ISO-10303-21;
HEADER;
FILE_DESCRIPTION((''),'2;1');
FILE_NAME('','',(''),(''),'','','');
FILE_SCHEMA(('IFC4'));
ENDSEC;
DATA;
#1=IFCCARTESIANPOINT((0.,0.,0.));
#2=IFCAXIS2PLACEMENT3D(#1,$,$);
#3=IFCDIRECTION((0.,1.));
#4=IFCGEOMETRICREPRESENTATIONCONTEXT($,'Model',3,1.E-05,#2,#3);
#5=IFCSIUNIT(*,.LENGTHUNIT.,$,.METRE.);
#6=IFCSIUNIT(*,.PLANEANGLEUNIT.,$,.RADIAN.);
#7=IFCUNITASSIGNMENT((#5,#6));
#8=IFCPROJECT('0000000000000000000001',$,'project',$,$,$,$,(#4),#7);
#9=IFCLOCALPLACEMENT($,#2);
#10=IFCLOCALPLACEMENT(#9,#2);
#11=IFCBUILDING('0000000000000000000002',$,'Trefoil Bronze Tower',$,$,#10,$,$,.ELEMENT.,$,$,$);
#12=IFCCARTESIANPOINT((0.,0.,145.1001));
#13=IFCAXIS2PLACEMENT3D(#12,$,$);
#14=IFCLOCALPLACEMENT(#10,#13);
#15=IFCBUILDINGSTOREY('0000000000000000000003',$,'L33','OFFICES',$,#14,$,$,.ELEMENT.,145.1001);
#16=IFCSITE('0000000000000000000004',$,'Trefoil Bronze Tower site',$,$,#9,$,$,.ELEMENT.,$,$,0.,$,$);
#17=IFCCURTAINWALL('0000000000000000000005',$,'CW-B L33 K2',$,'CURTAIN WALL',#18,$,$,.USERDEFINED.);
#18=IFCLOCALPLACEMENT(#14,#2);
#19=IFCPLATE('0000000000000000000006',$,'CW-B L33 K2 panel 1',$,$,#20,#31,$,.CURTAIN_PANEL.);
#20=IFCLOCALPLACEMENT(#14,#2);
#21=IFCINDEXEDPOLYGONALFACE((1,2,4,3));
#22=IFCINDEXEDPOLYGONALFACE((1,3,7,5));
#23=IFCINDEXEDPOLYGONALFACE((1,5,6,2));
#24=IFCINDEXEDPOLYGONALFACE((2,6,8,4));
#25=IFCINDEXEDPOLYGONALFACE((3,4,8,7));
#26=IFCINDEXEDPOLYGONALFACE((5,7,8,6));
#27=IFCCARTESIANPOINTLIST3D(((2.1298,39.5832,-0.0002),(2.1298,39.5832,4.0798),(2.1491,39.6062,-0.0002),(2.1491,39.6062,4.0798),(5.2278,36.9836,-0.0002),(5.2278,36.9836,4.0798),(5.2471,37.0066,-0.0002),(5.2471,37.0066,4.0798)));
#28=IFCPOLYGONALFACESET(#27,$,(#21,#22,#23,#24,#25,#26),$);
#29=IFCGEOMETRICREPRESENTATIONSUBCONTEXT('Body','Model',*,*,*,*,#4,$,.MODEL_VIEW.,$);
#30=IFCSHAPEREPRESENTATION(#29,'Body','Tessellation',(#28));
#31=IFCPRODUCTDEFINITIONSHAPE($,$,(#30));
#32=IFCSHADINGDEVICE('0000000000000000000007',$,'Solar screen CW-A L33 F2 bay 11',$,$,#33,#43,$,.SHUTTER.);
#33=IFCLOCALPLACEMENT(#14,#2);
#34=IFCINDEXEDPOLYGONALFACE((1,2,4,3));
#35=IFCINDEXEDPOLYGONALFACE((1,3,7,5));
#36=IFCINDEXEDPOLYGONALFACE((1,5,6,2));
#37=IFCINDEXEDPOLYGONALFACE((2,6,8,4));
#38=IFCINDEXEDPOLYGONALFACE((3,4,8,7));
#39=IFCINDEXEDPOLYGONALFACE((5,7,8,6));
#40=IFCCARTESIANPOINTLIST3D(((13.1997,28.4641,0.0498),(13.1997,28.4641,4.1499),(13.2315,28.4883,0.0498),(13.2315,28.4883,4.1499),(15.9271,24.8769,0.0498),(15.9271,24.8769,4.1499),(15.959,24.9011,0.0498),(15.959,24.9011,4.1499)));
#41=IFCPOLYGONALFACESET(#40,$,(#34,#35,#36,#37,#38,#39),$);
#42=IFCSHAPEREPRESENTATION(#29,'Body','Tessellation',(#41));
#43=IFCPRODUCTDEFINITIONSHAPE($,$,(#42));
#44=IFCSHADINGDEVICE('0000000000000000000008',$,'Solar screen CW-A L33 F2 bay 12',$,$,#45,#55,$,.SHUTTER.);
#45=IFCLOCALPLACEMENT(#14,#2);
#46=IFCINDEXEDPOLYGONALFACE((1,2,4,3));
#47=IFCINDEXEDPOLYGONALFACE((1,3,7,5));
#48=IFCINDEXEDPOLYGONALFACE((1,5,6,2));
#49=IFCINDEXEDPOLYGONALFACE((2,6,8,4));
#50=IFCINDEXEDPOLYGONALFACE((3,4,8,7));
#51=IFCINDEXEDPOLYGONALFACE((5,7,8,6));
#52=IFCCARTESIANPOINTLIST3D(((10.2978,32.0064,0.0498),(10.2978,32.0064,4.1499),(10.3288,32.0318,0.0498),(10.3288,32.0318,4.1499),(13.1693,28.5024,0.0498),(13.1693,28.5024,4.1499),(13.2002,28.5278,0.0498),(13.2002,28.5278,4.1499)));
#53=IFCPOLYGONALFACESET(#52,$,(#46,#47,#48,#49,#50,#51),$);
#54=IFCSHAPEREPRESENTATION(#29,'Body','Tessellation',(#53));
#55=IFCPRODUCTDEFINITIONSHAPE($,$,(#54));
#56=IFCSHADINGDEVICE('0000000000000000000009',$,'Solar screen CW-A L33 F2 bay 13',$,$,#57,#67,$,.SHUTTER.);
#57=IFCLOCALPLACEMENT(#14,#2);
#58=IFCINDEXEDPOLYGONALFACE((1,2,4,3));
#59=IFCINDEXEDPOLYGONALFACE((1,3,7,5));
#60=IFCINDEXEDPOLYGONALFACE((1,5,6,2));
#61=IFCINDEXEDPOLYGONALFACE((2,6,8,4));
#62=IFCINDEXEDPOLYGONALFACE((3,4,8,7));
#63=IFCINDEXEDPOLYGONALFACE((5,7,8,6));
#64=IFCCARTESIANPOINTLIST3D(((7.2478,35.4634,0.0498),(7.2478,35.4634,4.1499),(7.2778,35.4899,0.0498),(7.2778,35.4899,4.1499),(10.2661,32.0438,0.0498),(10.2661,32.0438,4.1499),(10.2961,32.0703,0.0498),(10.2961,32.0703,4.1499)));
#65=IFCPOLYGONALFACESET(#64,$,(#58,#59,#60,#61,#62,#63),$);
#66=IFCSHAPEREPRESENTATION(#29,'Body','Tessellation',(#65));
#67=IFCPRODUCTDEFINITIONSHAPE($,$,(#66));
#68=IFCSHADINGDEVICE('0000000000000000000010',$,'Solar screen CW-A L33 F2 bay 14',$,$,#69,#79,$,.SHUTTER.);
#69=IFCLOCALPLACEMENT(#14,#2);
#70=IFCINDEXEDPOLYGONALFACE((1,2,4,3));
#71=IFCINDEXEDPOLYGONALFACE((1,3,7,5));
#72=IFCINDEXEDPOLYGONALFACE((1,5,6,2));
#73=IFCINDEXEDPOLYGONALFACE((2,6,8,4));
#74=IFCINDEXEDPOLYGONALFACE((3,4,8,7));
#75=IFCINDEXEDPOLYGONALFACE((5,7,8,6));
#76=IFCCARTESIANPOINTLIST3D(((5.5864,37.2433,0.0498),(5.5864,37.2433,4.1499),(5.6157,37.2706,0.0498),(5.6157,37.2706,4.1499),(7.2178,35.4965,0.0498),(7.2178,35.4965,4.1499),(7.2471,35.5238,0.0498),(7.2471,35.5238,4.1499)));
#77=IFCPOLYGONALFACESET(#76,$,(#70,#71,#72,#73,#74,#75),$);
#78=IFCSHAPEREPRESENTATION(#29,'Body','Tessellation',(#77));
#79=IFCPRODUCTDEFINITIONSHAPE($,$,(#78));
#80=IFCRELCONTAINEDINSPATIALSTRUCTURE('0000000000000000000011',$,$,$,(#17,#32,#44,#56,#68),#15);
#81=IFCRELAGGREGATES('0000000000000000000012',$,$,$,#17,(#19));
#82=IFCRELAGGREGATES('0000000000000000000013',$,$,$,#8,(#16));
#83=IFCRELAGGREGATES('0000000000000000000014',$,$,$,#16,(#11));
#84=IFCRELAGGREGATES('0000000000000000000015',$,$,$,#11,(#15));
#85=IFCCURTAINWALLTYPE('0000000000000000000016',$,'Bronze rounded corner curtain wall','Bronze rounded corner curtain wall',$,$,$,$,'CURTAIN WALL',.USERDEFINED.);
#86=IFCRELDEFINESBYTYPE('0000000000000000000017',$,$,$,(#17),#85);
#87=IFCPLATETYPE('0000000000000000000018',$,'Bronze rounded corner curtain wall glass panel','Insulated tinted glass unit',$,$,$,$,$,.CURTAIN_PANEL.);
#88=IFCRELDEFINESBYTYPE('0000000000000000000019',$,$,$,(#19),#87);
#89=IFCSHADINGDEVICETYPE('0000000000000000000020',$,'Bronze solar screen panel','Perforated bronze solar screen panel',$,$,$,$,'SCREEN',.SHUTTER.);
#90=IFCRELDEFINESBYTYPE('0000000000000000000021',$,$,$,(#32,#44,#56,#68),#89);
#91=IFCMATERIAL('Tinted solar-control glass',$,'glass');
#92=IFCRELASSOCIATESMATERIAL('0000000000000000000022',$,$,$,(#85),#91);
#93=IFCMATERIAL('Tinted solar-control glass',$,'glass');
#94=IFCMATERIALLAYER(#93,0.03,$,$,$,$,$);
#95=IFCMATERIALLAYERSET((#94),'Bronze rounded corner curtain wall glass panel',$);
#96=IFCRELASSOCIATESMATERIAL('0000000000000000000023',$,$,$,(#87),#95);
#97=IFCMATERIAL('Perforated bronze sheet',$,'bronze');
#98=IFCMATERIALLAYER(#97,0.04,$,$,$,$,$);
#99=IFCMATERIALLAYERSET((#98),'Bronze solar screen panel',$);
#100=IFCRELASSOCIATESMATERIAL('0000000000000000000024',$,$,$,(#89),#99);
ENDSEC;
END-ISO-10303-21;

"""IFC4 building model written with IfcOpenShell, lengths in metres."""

from ifc_helpers import new_model, si_unit, direction, frame, origin, origin_2d, place, context, subcontext, project, spatial, rectangle, extrude, material, layer, layer_set, type_object, element, aggregate, save


model = new_model("IFC4")

# Units and contexts
model_context = context("Model", 3, precision=1e-05, world=origin(), true_north=direction((0.0, 1.0)))
body_context = subcontext(model_context, "Body", "Model", "MODEL_VIEW")
ifc_project = project(units=[si_unit("LENGTHUNIT", "METRE"), si_unit("PLANEANGLEUNIT", "RADIAN")], contexts=[model_context])

# Site, building, storey
site_placement = place(None, origin())
site = spatial("IfcSite", under=ifc_project, at=site_placement, Name="Trefoil Bronze Tower site", CompositionType="ELEMENT", RefElevation=0.0)
building_placement = place(site_placement, origin())
building = spatial("IfcBuilding", under=site, at=building_placement, Name="Trefoil Bronze Tower", CompositionType="ELEMENT")
storey_placement = place(building_placement, frame((0.0, 0.0, 145.1001)))
storey = spatial("IfcBuildingStorey", under=building, at=storey_placement, Name="L33", Description="OFFICES", CompositionType="ELEMENT", Elevation=145.1001)

# Curtain wall
ifc_material_1 = material(Name="Tinted solar-control glass", Category="glass")
curtain_wall_type_1 = type_object("IfcCurtainWallType", Name="Bronze rounded corner curtain wall", Description="Bronze rounded corner curtain wall", ElementType="CURTAIN WALL", PredefinedType="USERDEFINED", material=ifc_material_1)
curtain_wall_1_placement = place(storey_placement, origin())
curtain_wall_1 = element("IfcCurtainWall", 1, at=curtain_wall_1_placement, inside=storey, type_object=curtain_wall_type_1, Name="CW-B L33 K2", ObjectType="CURTAIN WALL", PredefinedType="USERDEFINED")

# Plate
ifc_material_2 = material(Name="Tinted solar-control glass", Category="glass")
ifc_layer_1 = layer(ifc_material_2, 0.03)
ifc_layer_set_1 = layer_set([ifc_layer_1], Name="Bronze rounded corner curtain wall glass panel")
plate_type_1 = type_object("IfcPlateType", Name="Bronze rounded corner curtain wall glass panel", Description="Insulated tinted glass unit", PredefinedType="CURTAIN_PANEL", material=ifc_layer_set_1)
plate_1_placement = place(storey_placement, frame((3.6885, 38.2949, -0.0002), z_axis=(0.0, 0.0, 1.0), x_axis=(-0.766044, 0.642788, 0.0)))
plate_1 = element("IfcPlate", 2, at=plate_1_placement, type_object=plate_type_1, Name="CW-B L33 K2 panel 1", PredefinedType="CURTAIN_PANEL", context=body_context, shape_type="SweptSolid", body=[
    extrude(rectangle(XDim=4.0442, YDim=0.03, at=origin_2d()), origin(), (0.0, 0.0, 1.0), 4.0801),
])
aggregate(curtain_wall_1, [plate_1])

# Shading devices
ifc_material_3 = material(Name="Perforated bronze sheet", Category="bronze")
ifc_layer_2 = layer(ifc_material_3, 0.04)
ifc_layer_set_2 = layer_set([ifc_layer_2], Name="Bronze solar screen panel")
shading_device_type = type_object("IfcShadingDeviceType", Name="Bronze solar screen panel", Description="Perforated bronze solar screen panel", ElementType="SCREEN", PredefinedType="SHUTTER", material=ifc_layer_set_2)
shading_device_1_placement = place(storey_placement, frame((14.5793, 26.6826, 0.0498), z_axis=(0.0, 0.0, 1.0), x_axis=(-0.605252, 0.796034, 0.0)))
element("IfcShadingDevice", 3, at=shading_device_1_placement, inside=storey, type_object=shading_device_type, Name="Solar screen CW-A L33 F2 bay 11", PredefinedType="SHUTTER", context=body_context, shape_type="SweptSolid", body=[
    extrude(rectangle(XDim=4.5063, YDim=0.04, at=origin_2d()), origin(), (0.0, 0.0, 1.0), 4.1001),
])
shading_device_2_placement = place(storey_placement, frame((11.749, 30.2671, 0.0498), z_axis=(0.0, 0.0, 1.0), x_axis=(-0.63384, 0.773464, 0.0)))
element("IfcShadingDevice", 4, at=shading_device_2_placement, inside=storey, type_object=shading_device_type, Name="Solar screen CW-A L33 F2 bay 12", PredefinedType="SHUTTER", context=body_context, shape_type="SweptSolid", body=[
    extrude(rectangle(XDim=4.5303, YDim=0.04, at=origin_2d()), origin(), (0.0, 0.0, 1.0), 4.1001),
])
shading_device_3_placement = place(storey_placement, frame((8.772, 33.7668, 0.0498), z_axis=(0.0, 0.0, 1.0), x_axis=(-0.661751, 0.749723, 0.0)))
element("IfcShadingDevice", 5, at=shading_device_3_placement, inside=storey, type_object=shading_device_type, Name="Solar screen CW-A L33 F2 bay 13", PredefinedType="SHUTTER", context=body_context, shape_type="SweptSolid", body=[
    extrude(rectangle(XDim=4.561, YDim=0.04, at=origin_2d()), origin(), (0.0, 0.0, 1.0), 4.1001),
])
shading_device_4_placement = place(storey_placement, frame((6.4167, 36.3835, 0.0498), z_axis=(0.0, 0.0, 1.0), x_axis=(-0.682536, 0.730852, 0.0)))
element("IfcShadingDevice", 6, at=shading_device_4_placement, inside=storey, type_object=shading_device_type, Name="Solar screen CW-A L33 F2 bay 14", PredefinedType="SHUTTER", context=body_context, shape_type="SweptSolid", body=[
    extrude(rectangle(XDim=2.3901, YDim=0.04, at=origin_2d()), origin(), (0.0, 0.0, 1.0), 4.1001),
])

save(model, "model.ifc")
